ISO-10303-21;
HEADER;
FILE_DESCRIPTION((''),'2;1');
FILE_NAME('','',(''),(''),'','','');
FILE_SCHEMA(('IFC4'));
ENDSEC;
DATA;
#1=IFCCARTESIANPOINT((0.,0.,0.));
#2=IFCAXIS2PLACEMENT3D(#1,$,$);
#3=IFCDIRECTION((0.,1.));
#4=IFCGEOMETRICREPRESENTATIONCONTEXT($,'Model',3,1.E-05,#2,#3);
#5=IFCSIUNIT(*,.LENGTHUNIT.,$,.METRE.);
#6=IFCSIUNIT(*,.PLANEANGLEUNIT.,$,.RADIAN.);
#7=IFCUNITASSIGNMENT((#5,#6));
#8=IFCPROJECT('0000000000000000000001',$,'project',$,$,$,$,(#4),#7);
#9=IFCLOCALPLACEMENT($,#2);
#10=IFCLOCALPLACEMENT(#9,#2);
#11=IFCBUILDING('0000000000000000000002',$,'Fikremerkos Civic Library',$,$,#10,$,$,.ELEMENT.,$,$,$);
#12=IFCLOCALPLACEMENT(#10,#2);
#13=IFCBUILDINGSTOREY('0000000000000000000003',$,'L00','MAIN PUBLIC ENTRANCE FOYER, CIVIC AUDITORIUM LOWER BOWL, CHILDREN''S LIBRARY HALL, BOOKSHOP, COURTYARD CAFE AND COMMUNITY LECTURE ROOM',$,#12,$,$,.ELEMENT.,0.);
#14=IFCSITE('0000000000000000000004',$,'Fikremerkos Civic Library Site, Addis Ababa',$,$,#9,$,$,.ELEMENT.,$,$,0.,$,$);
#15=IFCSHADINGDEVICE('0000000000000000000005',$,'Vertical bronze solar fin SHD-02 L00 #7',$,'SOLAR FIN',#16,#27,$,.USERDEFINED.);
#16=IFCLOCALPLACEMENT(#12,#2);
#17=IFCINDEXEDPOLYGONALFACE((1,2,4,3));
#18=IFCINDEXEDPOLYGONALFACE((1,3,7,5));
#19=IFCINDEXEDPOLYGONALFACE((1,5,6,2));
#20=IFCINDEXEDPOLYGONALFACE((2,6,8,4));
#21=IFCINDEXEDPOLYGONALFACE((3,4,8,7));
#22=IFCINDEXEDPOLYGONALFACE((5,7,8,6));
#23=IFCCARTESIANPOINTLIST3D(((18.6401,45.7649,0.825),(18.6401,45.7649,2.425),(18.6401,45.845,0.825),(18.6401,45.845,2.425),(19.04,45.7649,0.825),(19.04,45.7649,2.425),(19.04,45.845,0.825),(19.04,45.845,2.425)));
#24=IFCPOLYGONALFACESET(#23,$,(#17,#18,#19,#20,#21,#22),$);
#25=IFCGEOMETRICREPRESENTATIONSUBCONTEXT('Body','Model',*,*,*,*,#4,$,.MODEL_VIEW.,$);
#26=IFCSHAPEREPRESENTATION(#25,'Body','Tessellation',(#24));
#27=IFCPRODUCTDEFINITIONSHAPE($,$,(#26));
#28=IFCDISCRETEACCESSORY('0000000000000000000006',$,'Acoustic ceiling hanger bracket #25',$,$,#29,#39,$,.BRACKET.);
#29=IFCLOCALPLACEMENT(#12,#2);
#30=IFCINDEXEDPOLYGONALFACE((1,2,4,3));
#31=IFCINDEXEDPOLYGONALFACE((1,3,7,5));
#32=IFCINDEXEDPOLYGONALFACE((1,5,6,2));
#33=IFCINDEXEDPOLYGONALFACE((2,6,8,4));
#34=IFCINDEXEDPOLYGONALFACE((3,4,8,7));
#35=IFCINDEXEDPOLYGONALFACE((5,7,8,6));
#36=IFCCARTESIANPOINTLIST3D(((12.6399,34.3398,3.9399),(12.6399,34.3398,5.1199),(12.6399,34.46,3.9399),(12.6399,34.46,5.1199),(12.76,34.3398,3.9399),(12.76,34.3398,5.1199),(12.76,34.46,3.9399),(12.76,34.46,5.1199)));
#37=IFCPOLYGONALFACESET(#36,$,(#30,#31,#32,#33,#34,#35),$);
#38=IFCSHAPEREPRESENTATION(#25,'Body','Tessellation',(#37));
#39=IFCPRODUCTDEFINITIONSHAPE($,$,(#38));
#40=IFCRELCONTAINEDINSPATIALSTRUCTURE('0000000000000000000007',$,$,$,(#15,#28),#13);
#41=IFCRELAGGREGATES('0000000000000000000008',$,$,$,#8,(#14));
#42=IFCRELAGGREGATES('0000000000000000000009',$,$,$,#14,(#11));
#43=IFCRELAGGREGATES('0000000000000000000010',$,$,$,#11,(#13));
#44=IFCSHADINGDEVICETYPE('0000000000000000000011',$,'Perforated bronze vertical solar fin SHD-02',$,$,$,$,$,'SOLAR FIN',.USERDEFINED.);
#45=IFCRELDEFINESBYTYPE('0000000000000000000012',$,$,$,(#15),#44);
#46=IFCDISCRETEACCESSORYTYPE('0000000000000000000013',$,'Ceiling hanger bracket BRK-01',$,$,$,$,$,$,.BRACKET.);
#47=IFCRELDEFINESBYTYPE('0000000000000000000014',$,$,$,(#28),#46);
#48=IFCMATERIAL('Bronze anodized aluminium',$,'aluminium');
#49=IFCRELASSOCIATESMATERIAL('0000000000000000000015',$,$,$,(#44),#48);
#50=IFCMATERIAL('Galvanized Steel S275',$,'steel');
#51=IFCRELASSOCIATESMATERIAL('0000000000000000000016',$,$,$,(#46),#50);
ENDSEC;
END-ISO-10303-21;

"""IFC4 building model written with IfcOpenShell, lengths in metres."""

from ifc_helpers import new_model, si_unit, direction, frame, origin, origin_2d, place, context, subcontext, project, spatial, rectangle, extrude, material, type_object, element, save


model = new_model("IFC4")

# Units and contexts
model_context = context("Model", 3, precision=1e-05, world=origin(), true_north=direction((0.0, 1.0)))
body_context = subcontext(model_context, "Body", "Model", "MODEL_VIEW")
ifc_project = project(units=[si_unit("LENGTHUNIT", "METRE"), si_unit("PLANEANGLEUNIT", "RADIAN")], contexts=[model_context])

# Site, building, storey
site_placement = place(None, origin())
site = spatial("IfcSite", under=ifc_project, at=site_placement, Name="Fikremerkos Civic Library Site, Addis Ababa", CompositionType="ELEMENT", RefElevation=0.0)
building_placement = place(site_placement, origin())
building = spatial("IfcBuilding", under=site, at=building_placement, Name="Fikremerkos Civic Library", CompositionType="ELEMENT")
storey_placement = place(building_placement, origin())
storey = spatial("IfcBuildingStorey", under=building, at=storey_placement, Name="L00", Description="MAIN PUBLIC ENTRANCE FOYER, CIVIC AUDITORIUM LOWER BOWL, CHILDREN'S LIBRARY HALL, BOOKSHOP, COURTYARD CAFE AND COMMUNITY LECTURE ROOM", CompositionType="ELEMENT", Elevation=0.0)

# Shading device
ifc_material_1 = material(Name="Bronze anodized aluminium", Category="aluminium")
shading_device_type = type_object("IfcShadingDeviceType", Name="Perforated bronze vertical solar fin SHD-02", ElementType="SOLAR FIN", PredefinedType="USERDEFINED", material=ifc_material_1)
shading_device_1_placement = place(storey_placement, frame((18.8401, 45.8049, 0.825), z_axis=(0.0, 0.0, 1.0), x_axis=(0.0, 1.0, 0.0)))
element("IfcShadingDevice", 1, at=shading_device_1_placement, inside=storey, type_object=shading_device_type, Name="Vertical bronze solar fin SHD-02 L00 #7", ObjectType="SOLAR FIN", PredefinedType="USERDEFINED", context=body_context, shape_type="SweptSolid", body=[
    extrude(rectangle(XDim=0.0801, YDim=0.3999, at=origin_2d()), origin(), (0.0, 0.0, 1.0), 1.6001),
])

# Discrete accessory
ifc_material_2 = material(Name="Galvanized Steel S275", Category="steel")
discrete_accessory_type = type_object("IfcDiscreteAccessoryType", Name="Ceiling hanger bracket BRK-01", PredefinedType="BRACKET", material=ifc_material_2)
discrete_accessory_placement = place(storey_placement, frame((12.7, 34.3999, 3.9399), z_axis=(0.0, 0.0, 1.0), x_axis=(1.0, 0.0, 0.0)))
element("IfcDiscreteAccessory", 2, at=discrete_accessory_placement, inside=storey, type_object=discrete_accessory_type, Name="Acoustic ceiling hanger bracket #25", PredefinedType="BRACKET", context=body_context, shape_type="SweptSolid", body=[
    extrude(rectangle(XDim=0.1201, YDim=0.1201, at=origin_2d()), origin(), (0.0, 0.0, 1.0), 1.1799),
])

save(model, "model.ifc")
